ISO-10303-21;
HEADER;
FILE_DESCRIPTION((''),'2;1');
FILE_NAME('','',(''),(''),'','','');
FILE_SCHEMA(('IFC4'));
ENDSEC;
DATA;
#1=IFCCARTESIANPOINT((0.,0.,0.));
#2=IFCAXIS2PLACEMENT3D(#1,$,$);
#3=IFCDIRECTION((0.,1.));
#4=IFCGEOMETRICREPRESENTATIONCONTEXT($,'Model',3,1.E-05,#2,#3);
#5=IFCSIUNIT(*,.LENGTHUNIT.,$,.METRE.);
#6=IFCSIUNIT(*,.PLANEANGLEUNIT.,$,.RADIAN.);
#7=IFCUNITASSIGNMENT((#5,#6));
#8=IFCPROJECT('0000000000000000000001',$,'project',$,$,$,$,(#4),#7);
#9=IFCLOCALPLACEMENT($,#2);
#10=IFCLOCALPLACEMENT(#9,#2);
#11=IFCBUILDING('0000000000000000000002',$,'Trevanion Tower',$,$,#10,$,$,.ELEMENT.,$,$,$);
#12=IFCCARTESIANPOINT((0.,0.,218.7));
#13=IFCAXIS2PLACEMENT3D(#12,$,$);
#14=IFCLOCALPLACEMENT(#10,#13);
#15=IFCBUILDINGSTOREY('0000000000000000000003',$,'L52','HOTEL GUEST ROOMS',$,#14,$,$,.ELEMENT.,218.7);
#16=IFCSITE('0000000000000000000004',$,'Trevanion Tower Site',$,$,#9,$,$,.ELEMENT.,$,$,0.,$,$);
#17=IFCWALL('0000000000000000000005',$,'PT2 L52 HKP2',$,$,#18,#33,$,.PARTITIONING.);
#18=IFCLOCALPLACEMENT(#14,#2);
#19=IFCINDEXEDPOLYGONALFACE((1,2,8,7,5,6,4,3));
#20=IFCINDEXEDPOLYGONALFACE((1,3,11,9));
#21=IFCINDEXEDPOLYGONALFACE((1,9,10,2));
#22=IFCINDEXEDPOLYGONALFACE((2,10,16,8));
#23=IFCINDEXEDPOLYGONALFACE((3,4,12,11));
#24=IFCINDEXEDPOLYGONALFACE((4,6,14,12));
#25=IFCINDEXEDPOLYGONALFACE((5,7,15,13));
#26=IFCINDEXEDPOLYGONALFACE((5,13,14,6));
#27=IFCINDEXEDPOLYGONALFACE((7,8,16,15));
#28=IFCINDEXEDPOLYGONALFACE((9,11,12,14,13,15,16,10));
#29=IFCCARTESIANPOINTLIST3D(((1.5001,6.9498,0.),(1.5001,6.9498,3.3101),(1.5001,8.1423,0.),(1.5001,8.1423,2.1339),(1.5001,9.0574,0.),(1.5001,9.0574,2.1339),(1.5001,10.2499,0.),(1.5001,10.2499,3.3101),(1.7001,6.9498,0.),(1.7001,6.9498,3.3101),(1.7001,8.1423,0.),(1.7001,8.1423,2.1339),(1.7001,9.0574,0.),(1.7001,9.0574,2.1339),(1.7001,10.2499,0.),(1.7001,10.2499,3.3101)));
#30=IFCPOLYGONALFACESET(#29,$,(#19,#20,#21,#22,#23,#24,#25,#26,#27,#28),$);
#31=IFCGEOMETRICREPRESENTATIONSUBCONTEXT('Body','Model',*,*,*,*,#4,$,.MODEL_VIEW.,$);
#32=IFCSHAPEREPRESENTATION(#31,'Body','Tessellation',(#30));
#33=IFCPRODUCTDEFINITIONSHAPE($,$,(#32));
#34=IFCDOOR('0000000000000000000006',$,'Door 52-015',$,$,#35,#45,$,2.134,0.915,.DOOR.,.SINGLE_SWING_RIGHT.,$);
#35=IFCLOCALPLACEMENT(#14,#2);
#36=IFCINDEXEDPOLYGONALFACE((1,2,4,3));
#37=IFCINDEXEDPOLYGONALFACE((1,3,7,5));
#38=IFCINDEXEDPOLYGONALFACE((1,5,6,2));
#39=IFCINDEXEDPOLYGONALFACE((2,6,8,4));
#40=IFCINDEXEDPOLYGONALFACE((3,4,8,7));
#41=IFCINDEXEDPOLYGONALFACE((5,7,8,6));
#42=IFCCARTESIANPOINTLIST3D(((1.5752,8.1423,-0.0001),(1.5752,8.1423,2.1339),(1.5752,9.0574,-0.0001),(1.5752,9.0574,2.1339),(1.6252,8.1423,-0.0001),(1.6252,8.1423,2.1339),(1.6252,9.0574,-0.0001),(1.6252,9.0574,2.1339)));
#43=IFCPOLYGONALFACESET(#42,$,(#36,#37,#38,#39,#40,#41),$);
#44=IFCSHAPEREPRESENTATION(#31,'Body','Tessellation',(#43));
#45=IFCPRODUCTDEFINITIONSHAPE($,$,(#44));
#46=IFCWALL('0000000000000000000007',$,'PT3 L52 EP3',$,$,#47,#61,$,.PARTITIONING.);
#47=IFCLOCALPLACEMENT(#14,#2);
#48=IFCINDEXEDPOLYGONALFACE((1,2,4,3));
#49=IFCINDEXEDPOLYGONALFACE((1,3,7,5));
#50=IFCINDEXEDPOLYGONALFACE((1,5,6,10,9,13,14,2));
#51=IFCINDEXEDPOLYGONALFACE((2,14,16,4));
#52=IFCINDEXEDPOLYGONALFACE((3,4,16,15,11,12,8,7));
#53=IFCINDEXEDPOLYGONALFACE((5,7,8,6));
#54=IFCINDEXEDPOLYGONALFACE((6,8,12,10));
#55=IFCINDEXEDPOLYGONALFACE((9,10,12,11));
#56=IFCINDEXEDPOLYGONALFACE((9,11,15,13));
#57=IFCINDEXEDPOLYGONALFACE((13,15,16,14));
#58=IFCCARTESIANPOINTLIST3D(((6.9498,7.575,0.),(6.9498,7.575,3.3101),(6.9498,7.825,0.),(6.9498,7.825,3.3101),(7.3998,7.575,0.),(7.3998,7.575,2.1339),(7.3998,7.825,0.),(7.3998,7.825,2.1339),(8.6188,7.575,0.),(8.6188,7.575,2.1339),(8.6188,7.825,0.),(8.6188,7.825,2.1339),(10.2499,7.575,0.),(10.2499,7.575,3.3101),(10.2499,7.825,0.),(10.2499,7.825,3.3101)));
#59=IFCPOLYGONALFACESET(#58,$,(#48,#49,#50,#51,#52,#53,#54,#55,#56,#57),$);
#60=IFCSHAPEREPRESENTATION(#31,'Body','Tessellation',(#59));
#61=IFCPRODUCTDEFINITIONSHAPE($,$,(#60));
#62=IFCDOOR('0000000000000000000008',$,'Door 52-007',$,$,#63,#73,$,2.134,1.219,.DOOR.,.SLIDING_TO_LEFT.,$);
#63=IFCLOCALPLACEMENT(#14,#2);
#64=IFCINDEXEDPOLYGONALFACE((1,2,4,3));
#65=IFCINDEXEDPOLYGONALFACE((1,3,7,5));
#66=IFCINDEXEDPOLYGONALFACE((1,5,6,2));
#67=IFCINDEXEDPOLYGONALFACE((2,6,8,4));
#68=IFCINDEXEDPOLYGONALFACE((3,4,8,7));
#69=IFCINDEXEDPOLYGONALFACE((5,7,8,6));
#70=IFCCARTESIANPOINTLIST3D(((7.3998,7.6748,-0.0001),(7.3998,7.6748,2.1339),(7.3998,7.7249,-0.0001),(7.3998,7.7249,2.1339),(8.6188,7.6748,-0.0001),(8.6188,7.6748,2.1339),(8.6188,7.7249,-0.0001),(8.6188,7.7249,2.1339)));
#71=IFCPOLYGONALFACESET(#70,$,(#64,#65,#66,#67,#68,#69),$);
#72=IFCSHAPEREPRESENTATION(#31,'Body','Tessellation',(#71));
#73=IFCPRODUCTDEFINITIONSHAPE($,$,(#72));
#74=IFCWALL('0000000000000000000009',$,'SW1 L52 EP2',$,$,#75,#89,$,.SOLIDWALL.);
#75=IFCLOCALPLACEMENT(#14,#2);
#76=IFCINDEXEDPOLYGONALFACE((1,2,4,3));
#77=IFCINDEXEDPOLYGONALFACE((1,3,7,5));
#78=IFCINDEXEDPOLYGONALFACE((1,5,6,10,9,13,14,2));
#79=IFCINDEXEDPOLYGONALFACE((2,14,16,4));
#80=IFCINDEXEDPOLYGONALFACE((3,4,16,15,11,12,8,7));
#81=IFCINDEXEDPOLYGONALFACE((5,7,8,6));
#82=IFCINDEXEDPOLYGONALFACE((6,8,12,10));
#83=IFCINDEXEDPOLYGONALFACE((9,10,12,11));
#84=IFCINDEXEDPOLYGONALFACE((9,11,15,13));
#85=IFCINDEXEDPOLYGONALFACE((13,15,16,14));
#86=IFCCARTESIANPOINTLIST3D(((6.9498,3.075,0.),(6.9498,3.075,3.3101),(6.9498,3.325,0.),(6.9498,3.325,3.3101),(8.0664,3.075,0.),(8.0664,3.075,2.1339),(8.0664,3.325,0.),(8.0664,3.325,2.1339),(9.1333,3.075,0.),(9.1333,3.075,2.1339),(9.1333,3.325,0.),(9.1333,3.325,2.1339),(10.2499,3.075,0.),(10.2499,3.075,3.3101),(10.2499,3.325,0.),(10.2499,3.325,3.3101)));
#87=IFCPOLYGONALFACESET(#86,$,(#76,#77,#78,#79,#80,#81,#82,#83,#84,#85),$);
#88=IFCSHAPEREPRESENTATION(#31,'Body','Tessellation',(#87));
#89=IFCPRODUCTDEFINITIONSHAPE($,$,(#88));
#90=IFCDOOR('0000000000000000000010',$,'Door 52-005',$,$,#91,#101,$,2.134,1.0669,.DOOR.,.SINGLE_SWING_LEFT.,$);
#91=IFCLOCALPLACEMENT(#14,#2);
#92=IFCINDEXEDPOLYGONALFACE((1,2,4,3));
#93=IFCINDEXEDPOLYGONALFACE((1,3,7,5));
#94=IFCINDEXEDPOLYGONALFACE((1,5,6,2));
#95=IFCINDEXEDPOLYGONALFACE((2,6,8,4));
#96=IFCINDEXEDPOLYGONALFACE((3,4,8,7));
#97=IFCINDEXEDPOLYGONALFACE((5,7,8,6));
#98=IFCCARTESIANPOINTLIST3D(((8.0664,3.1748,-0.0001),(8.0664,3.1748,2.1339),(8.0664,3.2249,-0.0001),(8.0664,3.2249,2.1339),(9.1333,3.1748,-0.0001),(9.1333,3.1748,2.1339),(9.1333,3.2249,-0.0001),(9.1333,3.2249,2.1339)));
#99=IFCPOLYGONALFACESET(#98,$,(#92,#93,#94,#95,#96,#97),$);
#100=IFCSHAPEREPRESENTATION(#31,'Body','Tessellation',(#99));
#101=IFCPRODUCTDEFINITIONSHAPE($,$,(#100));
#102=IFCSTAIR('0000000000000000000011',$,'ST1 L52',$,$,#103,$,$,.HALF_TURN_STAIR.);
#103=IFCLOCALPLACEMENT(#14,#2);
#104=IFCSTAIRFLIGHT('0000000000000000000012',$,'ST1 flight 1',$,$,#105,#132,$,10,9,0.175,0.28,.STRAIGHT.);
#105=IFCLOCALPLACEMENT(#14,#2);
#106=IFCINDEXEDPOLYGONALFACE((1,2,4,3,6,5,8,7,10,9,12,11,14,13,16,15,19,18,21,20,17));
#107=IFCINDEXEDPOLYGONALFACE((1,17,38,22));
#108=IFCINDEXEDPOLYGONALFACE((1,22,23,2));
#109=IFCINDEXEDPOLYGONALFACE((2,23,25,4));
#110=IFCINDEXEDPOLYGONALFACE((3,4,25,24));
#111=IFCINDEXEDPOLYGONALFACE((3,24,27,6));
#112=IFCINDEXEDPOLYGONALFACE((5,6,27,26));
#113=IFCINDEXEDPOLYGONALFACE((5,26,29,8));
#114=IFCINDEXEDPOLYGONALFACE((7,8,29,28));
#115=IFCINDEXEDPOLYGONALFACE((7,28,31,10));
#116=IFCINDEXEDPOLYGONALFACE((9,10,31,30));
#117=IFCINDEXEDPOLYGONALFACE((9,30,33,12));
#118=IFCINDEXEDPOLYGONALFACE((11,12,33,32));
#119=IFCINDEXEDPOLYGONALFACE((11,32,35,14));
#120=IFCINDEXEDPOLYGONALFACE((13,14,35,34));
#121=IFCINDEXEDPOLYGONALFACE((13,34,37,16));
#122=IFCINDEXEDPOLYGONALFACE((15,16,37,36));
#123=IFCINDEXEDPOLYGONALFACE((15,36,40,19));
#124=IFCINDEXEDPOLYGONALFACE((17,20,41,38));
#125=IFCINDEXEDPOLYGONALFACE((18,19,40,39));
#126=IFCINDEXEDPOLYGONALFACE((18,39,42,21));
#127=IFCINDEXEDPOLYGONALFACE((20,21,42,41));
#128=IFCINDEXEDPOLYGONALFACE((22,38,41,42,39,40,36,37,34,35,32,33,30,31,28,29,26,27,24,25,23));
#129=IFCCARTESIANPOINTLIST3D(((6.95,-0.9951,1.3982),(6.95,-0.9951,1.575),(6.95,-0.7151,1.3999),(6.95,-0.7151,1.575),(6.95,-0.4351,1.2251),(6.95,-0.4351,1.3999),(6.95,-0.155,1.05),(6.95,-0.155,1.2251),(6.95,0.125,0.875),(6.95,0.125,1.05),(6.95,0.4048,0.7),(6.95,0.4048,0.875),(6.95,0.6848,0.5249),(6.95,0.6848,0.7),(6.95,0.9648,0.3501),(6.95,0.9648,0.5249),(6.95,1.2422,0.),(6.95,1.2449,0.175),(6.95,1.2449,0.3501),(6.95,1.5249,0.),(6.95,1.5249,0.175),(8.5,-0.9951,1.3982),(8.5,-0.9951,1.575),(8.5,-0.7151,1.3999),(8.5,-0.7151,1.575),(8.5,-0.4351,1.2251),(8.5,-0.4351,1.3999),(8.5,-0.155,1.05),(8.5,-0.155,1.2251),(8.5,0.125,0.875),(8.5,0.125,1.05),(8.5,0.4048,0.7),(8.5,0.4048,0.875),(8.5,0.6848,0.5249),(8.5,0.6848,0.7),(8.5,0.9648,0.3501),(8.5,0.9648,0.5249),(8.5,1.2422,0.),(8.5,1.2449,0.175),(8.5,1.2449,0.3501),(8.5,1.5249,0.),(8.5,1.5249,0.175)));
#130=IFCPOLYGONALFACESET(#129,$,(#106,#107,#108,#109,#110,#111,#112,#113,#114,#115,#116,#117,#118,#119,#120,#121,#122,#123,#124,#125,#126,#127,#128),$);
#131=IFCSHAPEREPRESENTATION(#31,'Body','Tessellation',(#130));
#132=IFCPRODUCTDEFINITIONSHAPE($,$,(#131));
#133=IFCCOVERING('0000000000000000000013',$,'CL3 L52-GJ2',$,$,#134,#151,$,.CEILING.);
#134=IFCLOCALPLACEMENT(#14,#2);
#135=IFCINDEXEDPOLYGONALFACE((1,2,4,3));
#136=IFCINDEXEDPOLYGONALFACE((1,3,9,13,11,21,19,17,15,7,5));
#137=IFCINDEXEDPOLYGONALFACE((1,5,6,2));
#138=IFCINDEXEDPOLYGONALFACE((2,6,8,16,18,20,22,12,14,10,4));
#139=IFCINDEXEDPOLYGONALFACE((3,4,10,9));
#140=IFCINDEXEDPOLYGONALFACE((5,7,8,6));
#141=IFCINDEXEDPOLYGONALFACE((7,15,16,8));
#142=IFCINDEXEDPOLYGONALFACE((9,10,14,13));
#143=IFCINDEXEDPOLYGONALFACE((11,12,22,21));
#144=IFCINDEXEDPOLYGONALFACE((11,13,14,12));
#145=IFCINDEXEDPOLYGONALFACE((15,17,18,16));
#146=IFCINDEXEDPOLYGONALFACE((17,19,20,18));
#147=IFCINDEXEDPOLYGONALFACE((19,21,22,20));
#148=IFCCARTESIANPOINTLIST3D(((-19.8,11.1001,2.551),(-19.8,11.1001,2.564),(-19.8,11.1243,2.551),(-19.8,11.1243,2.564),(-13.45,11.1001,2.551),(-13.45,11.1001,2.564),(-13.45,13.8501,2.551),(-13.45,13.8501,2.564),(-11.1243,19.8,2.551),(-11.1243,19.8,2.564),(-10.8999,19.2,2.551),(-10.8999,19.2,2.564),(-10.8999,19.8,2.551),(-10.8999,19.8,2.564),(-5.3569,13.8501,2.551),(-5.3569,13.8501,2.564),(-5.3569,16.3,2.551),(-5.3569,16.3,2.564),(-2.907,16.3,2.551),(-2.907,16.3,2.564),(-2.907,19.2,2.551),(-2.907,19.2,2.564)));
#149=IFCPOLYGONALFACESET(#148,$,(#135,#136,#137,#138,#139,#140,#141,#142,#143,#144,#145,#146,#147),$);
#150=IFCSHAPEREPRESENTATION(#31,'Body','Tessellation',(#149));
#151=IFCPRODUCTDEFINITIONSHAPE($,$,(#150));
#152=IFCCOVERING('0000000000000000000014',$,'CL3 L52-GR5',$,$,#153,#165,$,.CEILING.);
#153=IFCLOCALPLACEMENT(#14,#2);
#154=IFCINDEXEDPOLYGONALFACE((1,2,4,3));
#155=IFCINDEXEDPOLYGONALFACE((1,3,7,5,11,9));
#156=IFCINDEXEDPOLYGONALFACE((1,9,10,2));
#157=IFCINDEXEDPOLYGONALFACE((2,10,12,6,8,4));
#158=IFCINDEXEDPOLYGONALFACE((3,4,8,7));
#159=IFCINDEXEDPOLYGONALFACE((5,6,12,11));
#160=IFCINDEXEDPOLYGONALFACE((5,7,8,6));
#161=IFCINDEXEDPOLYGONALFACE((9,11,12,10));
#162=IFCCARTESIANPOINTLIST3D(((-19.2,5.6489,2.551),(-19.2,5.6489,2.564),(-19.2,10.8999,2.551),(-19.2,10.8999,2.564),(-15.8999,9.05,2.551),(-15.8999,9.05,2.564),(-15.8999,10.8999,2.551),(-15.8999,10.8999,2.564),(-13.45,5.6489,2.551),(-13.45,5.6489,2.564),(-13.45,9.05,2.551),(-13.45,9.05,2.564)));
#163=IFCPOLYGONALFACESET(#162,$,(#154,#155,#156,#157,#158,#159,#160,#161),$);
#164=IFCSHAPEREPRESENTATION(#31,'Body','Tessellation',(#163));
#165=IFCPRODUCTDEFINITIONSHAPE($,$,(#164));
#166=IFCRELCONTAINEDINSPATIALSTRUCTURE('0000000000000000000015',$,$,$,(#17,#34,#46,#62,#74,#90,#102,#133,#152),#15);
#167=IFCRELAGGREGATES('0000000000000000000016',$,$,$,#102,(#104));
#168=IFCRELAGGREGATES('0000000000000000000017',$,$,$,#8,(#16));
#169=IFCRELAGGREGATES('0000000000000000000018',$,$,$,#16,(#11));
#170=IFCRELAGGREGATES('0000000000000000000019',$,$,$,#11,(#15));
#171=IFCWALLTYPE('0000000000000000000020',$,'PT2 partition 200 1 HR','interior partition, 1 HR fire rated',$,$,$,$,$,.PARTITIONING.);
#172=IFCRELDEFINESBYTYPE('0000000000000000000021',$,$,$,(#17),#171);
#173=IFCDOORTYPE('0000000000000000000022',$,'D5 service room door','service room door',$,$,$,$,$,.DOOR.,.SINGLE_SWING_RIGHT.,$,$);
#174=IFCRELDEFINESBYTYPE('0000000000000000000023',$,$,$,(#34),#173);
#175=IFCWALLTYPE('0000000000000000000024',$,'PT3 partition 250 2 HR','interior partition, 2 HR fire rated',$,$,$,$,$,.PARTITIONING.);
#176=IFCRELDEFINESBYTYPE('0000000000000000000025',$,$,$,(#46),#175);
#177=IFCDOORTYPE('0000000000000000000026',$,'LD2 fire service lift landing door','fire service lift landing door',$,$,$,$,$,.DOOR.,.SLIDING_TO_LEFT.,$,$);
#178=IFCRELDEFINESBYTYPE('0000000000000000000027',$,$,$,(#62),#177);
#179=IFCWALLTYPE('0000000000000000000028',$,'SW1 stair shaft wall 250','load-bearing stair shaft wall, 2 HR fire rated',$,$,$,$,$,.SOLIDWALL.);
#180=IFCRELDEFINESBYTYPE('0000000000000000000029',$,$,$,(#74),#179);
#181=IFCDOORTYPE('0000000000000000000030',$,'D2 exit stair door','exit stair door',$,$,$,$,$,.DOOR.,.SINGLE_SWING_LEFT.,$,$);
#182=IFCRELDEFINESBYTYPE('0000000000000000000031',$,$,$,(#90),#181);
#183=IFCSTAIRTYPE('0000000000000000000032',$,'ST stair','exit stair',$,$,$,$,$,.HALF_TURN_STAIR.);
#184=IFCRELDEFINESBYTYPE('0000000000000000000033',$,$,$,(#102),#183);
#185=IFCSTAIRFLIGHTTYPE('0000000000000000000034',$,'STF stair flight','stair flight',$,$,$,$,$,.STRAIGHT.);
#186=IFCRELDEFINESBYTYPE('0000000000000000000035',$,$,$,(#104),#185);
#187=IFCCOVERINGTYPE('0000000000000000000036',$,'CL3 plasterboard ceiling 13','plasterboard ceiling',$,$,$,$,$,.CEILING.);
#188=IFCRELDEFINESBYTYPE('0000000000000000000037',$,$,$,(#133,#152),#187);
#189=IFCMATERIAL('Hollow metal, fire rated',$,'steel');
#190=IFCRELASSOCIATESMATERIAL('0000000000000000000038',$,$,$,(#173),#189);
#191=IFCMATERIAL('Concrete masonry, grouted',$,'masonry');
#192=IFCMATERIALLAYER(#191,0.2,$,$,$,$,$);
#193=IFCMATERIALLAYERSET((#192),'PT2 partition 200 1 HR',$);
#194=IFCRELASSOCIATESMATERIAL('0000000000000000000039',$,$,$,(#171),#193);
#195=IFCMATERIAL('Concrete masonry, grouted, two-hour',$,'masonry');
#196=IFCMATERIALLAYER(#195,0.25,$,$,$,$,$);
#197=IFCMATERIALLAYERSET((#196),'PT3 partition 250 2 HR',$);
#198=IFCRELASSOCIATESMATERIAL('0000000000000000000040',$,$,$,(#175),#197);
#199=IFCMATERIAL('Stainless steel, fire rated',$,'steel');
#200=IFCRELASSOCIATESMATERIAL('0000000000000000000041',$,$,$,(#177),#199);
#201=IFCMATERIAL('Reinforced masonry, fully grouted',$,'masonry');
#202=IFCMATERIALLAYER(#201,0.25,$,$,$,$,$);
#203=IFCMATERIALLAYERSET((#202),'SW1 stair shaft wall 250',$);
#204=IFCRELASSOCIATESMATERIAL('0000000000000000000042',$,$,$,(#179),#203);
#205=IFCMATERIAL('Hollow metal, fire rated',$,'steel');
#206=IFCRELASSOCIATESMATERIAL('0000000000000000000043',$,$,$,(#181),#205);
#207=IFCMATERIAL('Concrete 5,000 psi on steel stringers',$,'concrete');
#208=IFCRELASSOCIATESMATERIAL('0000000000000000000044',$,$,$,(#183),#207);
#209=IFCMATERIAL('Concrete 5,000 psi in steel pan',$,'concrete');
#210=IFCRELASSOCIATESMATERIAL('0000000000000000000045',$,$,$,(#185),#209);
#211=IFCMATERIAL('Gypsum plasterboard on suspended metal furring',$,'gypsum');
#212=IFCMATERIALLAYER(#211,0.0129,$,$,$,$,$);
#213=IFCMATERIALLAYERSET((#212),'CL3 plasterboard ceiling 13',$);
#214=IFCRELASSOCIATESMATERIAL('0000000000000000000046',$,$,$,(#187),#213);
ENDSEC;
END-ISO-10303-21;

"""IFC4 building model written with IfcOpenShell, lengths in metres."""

from ifc_helpers import new_model, si_unit, direction, frame, frame_2d, origin, place, context, subcontext, project, spatial, polyline, rectangle, outline, extrude, material, layer, layer_set, type_object, element, fill, aggregate, save


model = new_model("IFC4")

# Units and contexts
model_context = context("Model", 3, precision=1e-05, world=origin(), true_north=direction((0.0, 1.0)))
body_context = subcontext(model_context, "Body", "Model", "MODEL_VIEW")
ifc_project = project(units=[si_unit("LENGTHUNIT", "METRE"), si_unit("PLANEANGLEUNIT", "RADIAN")], contexts=[model_context])

# Site, building, storey
site_placement = place(None, origin())
site = spatial("IfcSite", under=ifc_project, at=site_placement, Name="Trevanion Tower Site", CompositionType="ELEMENT", RefElevation=0.0)
building_placement = place(site_placement, origin())
building = spatial("IfcBuilding", under=site, at=building_placement, Name="Trevanion Tower", CompositionType="ELEMENT")
storey_placement = place(building_placement, frame((0.0, 0.0, 218.7)))
storey = spatial("IfcBuildingStorey", under=building, at=storey_placement, Name="L52", Description="HOTEL GUEST ROOMS", CompositionType="ELEMENT", Elevation=218.7)

# Shared definitions
ifc_material_1 = material(Name="Hollow metal, fire rated", Category="steel")
door_type_1 = type_object("IfcDoorType", Name="D5 service room door", Description="service room door", OperationType="SINGLE_SWING_RIGHT", PredefinedType="DOOR", material=ifc_material_1)

# Walls, openings, doors
ifc_material_2 = material(Name="Concrete masonry, grouted", Category="masonry")
ifc_layer_1 = layer(ifc_material_2, 0.2)
ifc_layer_set_1 = layer_set([ifc_layer_1], Name="PT2 partition 200 1 HR")
wall_type_1 = type_object("IfcWallType", Name="PT2 partition 200 1 HR", Description="interior partition, 1 HR fire rated", PredefinedType="PARTITIONING", material=ifc_layer_set_1)
wall_1_placement = place(storey_placement, frame((1.6001, 6.95, 0.0), z_axis=(0.0, 0.0, 1.0), x_axis=(0.0, 1.0, 0.0)))
wall_1 = element("IfcWall", 1, at=wall_1_placement, inside=storey, type_object=wall_type_1, Name="PT2 L52 HKP2", PredefinedType="PARTITIONING", context=body_context, shape_type="SweptSolid", body=[
    extrude(rectangle(XDim=3.3, YDim=0.2, at=frame_2d((1.6499, 0.0))), origin(), (0.0, 0.0, 1.0), 3.3101),
])
opening_1_placement = place(wall_1_placement, frame((1.1924, 0.0, 0.0)))
opening_1 = element("IfcOpeningElement", 2, at=opening_1_placement, cuts=wall_1, PredefinedType="OPENING", context=body_context, shape_type="SweptSolid", body=[
    extrude(rectangle(XDim=0.915, YDim=2.134, at=frame_2d((0.4575, 1.0669))), frame((0.0, 0.1099, 0.0), z_axis=(0.0, -1.0, 0.0), x_axis=(1.0, 0.0, 0.0)), (0.0, 0.0, 1.0), 0.22),
])
door_1_placement = place(opening_1_placement, origin())
door_1 = element("IfcDoor", 3, at=door_1_placement, inside=storey, type_object=door_type_1, Name="Door 52-015", OperationType="SINGLE_SWING_RIGHT", OverallHeight=2.134, OverallWidth=0.915, PredefinedType="DOOR", context=body_context, shape_type="SweptSolid", body=[
    extrude(rectangle(XDim=0.915, YDim=2.134, at=frame_2d((0.4575, 1.0669))), frame((0.0, 0.0249, 0.0), z_axis=(0.0, -1.0, 0.0), x_axis=(1.0, 0.0, 0.0)), (0.0, 0.0, 1.0), 0.05),
])
fill(opening_1, door_1)
ifc_material_3 = material(Name="Concrete masonry, grouted, two-hour", Category="masonry")
ifc_layer_2 = layer(ifc_material_3, 0.25)
ifc_layer_set_2 = layer_set([ifc_layer_2], Name="PT3 partition 250 2 HR")
wall_type_2 = type_object("IfcWallType", Name="PT3 partition 250 2 HR", Description="interior partition, 2 HR fire rated", PredefinedType="PARTITIONING", material=ifc_layer_set_2)
wall_2_placement = place(storey_placement, frame((6.95, 7.7, 0.0), z_axis=(0.0, 0.0, 1.0), x_axis=(1.0, 0.0, 0.0)))
wall_2 = element("IfcWall", 4, at=wall_2_placement, inside=storey, type_object=wall_type_2, Name="PT3 L52 EP3", PredefinedType="PARTITIONING", context=body_context, shape_type="SweptSolid", body=[
    extrude(rectangle(XDim=3.3, YDim=0.25, at=frame_2d((1.6499, 0.0))), origin(), (0.0, 0.0, 1.0), 3.3101),
])
opening_2_placement = place(wall_2_placement, frame((0.45, 0.0, 0.0)))
opening_2 = element("IfcOpeningElement", 5, at=opening_2_placement, cuts=wall_2, PredefinedType="OPENING", context=body_context, shape_type="SweptSolid", body=[
    extrude(rectangle(XDim=1.219, YDim=2.134, at=frame_2d((0.6094, 1.0669))), frame((0.0, 0.135, 0.0), z_axis=(0.0, -1.0, 0.0), x_axis=(1.0, 0.0, 0.0)), (0.0, 0.0, 1.0), 0.27),
])
ifc_material_4 = material(Name="Stainless steel, fire rated", Category="steel")
door_type_2 = type_object("IfcDoorType", Name="LD2 fire service lift landing door", Description="fire service lift landing door", OperationType="SLIDING_TO_LEFT", PredefinedType="DOOR", material=ifc_material_4)
door_2_placement = place(opening_2_placement, origin())
door_2 = element("IfcDoor", 6, at=door_2_placement, inside=storey, type_object=door_type_2, Name="Door 52-007", OperationType="SLIDING_TO_LEFT", OverallHeight=2.134, OverallWidth=1.219, PredefinedType="DOOR", context=body_context, shape_type="SweptSolid", body=[
    extrude(rectangle(XDim=1.219, YDim=2.134, at=frame_2d((0.6094, 1.0669))), frame((0.0, 0.0249, 0.0), z_axis=(0.0, -1.0, 0.0), x_axis=(1.0, 0.0, 0.0)), (0.0, 0.0, 1.0), 0.05),
])
fill(opening_2, door_2)
ifc_material_5 = material(Name="Reinforced masonry, fully grouted", Category="masonry")
ifc_layer_3 = layer(ifc_material_5, 0.25)
ifc_layer_set_3 = layer_set([ifc_layer_3], Name="SW1 stair shaft wall 250")
wall_type_3 = type_object("IfcWallType", Name="SW1 stair shaft wall 250", Description="load-bearing stair shaft wall, 2 HR fire rated", PredefinedType="SOLIDWALL", material=ifc_layer_set_3)
wall_3_placement = place(storey_placement, frame((6.95, 3.2, 0.0), z_axis=(0.0, 0.0, 1.0), x_axis=(1.0, 0.0, 0.0)))
wall_3 = element("IfcWall", 7, at=wall_3_placement, inside=storey, type_object=wall_type_3, Name="SW1 L52 EP2", PredefinedType="SOLIDWALL", context=body_context, shape_type="SweptSolid", body=[
    extrude(rectangle(XDim=3.3, YDim=0.25, at=frame_2d((1.6499, 0.0))), origin(), (0.0, 0.0, 1.0), 3.3101),
])
opening_3_placement = place(wall_3_placement, frame((1.1165, 0.0, 0.0)))
opening_3 = element("IfcOpeningElement", 8, at=opening_3_placement, cuts=wall_3, PredefinedType="OPENING", context=body_context, shape_type="SweptSolid", body=[
    extrude(rectangle(XDim=1.0669, YDim=2.134, at=frame_2d((0.5334, 1.0669))), frame((0.0, 0.135, 0.0), z_axis=(0.0, -1.0, 0.0), x_axis=(1.0, 0.0, 0.0)), (0.0, 0.0, 1.0), 0.27),
])
ifc_material_6 = material(Name="Hollow metal, fire rated", Category="steel")
door_type_3 = type_object("IfcDoorType", Name="D2 exit stair door", Description="exit stair door", OperationType="SINGLE_SWING_LEFT", PredefinedType="DOOR", material=ifc_material_6)
door_3_placement = place(opening_3_placement, origin())
door_3 = element("IfcDoor", 9, at=door_3_placement, inside=storey, type_object=door_type_3, Name="Door 52-005", OperationType="SINGLE_SWING_LEFT", OverallHeight=2.134, OverallWidth=1.0669, PredefinedType="DOOR", context=body_context, shape_type="SweptSolid", body=[
    extrude(rectangle(XDim=1.0669, YDim=2.134, at=frame_2d((0.5334, 1.0669))), frame((0.0, 0.0249, 0.0), z_axis=(0.0, -1.0, 0.0), x_axis=(1.0, 0.0, 0.0)), (0.0, 0.0, 1.0), 0.05),
])
fill(opening_3, door_3)

# Stair, stair flight
ifc_material_7 = material(Name="Concrete 5,000 psi on steel stringers", Category="concrete")
stair_type = type_object("IfcStairType", Name="ST stair", Description="exit stair", PredefinedType="HALF_TURN_STAIR", material=ifc_material_7)
stair_placement = place(storey_placement, origin())
stair = element("IfcStair", 10, at=stair_placement, inside=storey, type_object=stair_type, Name="ST1 L52", PredefinedType="HALF_TURN_STAIR")
ifc_material_8 = material(Name="Concrete 5,000 psi in steel pan", Category="concrete")
stair_flight_type = type_object("IfcStairFlightType", Name="STF stair flight", Description="stair flight", PredefinedType="STRAIGHT", material=ifc_material_8)
stair_flight_placement = place(storey_placement, frame((7.7251, 1.5249, 0.0), z_axis=(0.0, 0.0, 1.0), x_axis=(0.0, -1.0, 0.0)))
stair_flight = element("IfcStairFlight", 11, at=stair_flight_placement, type_object=stair_flight_type, Name="ST1 flight 1", NumberOfRisers=10, NumberOfTreads=9, PredefinedType="STRAIGHT", RiserHeight=0.175, TreadLength=0.28, context=body_context, shape_type="SweptSolid", body=[
    extrude(outline(polyline([(0.0, 0.0), (0.0, 0.175), (0.28, 0.175), (0.28, 0.3501), (0.5601, 0.3501), (0.5601, 0.5249), (0.8401, 0.5249), (0.8401, 0.7), (1.1201, 0.7), (1.1201, 0.875), (1.3999, 0.875), (1.3999, 1.05), (1.6799, 1.05), (1.6799, 1.2251), (1.96, 1.2251), (1.96, 1.3999), (2.24, 1.3999), (2.24, 1.575), (2.52, 1.575), (2.52, 1.75), (2.52, 1.3982), (0.2827, 0.0), (0.0, 0.0)])), frame((0.0, 0.7749, 0.0), z_axis=(0.0, -1.0, 0.0), x_axis=(1.0, 0.0, 0.0)), (0.0, 0.0, 1.0), 1.55),
])
aggregate(stair, [stair_flight])

# Coverings
ifc_material_9 = material(Name="Gypsum plasterboard on suspended metal furring", Category="gypsum")
ifc_layer_4 = layer(ifc_material_9, 0.0129)
ifc_layer_set_4 = layer_set([ifc_layer_4], Name="CL3 plasterboard ceiling 13")
covering_type_1 = type_object("IfcCoveringType", Name="CL3 plasterboard ceiling 13", Description="plasterboard ceiling", PredefinedType="CEILING", material=ifc_layer_set_4)
covering_1_placement = place(storey_placement, frame((0.0, 0.0, 2.551)))
element("IfcCovering", 12, at=covering_1_placement, inside=storey, type_object=covering_type_1, Name="CL3 L52-GJ2", PredefinedType="CEILING", context=body_context, shape_type="SweptSolid", body=[
    extrude(outline(polyline([(-13.45, 11.1001), (-19.8, 11.1001), (-19.8, 11.1243), (-11.1243, 19.8), (-10.8999, 19.8), (-10.8999, 19.2), (-2.907, 19.2), (-2.907, 16.3), (-5.3569, 16.3), (-5.3569, 13.8501), (-13.45, 13.8501), (-13.45, 11.1001)])), origin(), (0.0, 0.0, 1.0), 0.0129),
])
covering_2_placement = place(storey_placement, frame((0.0, 0.0, 2.551)))
element("IfcCovering", 13, at=covering_2_placement, inside=storey, type_object=covering_type_1, Name="CL3 L52-GR5", PredefinedType="CEILING", context=body_context, shape_type="SweptSolid", body=[
    extrude(outline(polyline([(-13.45, 5.6489), (-19.2, 5.6489), (-19.2, 10.8999), (-15.8999, 10.8999), (-15.8999, 9.05), (-13.45, 9.05), (-13.45, 5.6489)])), origin(), (0.0, 0.0, 1.0), 0.0129),
])

save(model, "model.ifc")
